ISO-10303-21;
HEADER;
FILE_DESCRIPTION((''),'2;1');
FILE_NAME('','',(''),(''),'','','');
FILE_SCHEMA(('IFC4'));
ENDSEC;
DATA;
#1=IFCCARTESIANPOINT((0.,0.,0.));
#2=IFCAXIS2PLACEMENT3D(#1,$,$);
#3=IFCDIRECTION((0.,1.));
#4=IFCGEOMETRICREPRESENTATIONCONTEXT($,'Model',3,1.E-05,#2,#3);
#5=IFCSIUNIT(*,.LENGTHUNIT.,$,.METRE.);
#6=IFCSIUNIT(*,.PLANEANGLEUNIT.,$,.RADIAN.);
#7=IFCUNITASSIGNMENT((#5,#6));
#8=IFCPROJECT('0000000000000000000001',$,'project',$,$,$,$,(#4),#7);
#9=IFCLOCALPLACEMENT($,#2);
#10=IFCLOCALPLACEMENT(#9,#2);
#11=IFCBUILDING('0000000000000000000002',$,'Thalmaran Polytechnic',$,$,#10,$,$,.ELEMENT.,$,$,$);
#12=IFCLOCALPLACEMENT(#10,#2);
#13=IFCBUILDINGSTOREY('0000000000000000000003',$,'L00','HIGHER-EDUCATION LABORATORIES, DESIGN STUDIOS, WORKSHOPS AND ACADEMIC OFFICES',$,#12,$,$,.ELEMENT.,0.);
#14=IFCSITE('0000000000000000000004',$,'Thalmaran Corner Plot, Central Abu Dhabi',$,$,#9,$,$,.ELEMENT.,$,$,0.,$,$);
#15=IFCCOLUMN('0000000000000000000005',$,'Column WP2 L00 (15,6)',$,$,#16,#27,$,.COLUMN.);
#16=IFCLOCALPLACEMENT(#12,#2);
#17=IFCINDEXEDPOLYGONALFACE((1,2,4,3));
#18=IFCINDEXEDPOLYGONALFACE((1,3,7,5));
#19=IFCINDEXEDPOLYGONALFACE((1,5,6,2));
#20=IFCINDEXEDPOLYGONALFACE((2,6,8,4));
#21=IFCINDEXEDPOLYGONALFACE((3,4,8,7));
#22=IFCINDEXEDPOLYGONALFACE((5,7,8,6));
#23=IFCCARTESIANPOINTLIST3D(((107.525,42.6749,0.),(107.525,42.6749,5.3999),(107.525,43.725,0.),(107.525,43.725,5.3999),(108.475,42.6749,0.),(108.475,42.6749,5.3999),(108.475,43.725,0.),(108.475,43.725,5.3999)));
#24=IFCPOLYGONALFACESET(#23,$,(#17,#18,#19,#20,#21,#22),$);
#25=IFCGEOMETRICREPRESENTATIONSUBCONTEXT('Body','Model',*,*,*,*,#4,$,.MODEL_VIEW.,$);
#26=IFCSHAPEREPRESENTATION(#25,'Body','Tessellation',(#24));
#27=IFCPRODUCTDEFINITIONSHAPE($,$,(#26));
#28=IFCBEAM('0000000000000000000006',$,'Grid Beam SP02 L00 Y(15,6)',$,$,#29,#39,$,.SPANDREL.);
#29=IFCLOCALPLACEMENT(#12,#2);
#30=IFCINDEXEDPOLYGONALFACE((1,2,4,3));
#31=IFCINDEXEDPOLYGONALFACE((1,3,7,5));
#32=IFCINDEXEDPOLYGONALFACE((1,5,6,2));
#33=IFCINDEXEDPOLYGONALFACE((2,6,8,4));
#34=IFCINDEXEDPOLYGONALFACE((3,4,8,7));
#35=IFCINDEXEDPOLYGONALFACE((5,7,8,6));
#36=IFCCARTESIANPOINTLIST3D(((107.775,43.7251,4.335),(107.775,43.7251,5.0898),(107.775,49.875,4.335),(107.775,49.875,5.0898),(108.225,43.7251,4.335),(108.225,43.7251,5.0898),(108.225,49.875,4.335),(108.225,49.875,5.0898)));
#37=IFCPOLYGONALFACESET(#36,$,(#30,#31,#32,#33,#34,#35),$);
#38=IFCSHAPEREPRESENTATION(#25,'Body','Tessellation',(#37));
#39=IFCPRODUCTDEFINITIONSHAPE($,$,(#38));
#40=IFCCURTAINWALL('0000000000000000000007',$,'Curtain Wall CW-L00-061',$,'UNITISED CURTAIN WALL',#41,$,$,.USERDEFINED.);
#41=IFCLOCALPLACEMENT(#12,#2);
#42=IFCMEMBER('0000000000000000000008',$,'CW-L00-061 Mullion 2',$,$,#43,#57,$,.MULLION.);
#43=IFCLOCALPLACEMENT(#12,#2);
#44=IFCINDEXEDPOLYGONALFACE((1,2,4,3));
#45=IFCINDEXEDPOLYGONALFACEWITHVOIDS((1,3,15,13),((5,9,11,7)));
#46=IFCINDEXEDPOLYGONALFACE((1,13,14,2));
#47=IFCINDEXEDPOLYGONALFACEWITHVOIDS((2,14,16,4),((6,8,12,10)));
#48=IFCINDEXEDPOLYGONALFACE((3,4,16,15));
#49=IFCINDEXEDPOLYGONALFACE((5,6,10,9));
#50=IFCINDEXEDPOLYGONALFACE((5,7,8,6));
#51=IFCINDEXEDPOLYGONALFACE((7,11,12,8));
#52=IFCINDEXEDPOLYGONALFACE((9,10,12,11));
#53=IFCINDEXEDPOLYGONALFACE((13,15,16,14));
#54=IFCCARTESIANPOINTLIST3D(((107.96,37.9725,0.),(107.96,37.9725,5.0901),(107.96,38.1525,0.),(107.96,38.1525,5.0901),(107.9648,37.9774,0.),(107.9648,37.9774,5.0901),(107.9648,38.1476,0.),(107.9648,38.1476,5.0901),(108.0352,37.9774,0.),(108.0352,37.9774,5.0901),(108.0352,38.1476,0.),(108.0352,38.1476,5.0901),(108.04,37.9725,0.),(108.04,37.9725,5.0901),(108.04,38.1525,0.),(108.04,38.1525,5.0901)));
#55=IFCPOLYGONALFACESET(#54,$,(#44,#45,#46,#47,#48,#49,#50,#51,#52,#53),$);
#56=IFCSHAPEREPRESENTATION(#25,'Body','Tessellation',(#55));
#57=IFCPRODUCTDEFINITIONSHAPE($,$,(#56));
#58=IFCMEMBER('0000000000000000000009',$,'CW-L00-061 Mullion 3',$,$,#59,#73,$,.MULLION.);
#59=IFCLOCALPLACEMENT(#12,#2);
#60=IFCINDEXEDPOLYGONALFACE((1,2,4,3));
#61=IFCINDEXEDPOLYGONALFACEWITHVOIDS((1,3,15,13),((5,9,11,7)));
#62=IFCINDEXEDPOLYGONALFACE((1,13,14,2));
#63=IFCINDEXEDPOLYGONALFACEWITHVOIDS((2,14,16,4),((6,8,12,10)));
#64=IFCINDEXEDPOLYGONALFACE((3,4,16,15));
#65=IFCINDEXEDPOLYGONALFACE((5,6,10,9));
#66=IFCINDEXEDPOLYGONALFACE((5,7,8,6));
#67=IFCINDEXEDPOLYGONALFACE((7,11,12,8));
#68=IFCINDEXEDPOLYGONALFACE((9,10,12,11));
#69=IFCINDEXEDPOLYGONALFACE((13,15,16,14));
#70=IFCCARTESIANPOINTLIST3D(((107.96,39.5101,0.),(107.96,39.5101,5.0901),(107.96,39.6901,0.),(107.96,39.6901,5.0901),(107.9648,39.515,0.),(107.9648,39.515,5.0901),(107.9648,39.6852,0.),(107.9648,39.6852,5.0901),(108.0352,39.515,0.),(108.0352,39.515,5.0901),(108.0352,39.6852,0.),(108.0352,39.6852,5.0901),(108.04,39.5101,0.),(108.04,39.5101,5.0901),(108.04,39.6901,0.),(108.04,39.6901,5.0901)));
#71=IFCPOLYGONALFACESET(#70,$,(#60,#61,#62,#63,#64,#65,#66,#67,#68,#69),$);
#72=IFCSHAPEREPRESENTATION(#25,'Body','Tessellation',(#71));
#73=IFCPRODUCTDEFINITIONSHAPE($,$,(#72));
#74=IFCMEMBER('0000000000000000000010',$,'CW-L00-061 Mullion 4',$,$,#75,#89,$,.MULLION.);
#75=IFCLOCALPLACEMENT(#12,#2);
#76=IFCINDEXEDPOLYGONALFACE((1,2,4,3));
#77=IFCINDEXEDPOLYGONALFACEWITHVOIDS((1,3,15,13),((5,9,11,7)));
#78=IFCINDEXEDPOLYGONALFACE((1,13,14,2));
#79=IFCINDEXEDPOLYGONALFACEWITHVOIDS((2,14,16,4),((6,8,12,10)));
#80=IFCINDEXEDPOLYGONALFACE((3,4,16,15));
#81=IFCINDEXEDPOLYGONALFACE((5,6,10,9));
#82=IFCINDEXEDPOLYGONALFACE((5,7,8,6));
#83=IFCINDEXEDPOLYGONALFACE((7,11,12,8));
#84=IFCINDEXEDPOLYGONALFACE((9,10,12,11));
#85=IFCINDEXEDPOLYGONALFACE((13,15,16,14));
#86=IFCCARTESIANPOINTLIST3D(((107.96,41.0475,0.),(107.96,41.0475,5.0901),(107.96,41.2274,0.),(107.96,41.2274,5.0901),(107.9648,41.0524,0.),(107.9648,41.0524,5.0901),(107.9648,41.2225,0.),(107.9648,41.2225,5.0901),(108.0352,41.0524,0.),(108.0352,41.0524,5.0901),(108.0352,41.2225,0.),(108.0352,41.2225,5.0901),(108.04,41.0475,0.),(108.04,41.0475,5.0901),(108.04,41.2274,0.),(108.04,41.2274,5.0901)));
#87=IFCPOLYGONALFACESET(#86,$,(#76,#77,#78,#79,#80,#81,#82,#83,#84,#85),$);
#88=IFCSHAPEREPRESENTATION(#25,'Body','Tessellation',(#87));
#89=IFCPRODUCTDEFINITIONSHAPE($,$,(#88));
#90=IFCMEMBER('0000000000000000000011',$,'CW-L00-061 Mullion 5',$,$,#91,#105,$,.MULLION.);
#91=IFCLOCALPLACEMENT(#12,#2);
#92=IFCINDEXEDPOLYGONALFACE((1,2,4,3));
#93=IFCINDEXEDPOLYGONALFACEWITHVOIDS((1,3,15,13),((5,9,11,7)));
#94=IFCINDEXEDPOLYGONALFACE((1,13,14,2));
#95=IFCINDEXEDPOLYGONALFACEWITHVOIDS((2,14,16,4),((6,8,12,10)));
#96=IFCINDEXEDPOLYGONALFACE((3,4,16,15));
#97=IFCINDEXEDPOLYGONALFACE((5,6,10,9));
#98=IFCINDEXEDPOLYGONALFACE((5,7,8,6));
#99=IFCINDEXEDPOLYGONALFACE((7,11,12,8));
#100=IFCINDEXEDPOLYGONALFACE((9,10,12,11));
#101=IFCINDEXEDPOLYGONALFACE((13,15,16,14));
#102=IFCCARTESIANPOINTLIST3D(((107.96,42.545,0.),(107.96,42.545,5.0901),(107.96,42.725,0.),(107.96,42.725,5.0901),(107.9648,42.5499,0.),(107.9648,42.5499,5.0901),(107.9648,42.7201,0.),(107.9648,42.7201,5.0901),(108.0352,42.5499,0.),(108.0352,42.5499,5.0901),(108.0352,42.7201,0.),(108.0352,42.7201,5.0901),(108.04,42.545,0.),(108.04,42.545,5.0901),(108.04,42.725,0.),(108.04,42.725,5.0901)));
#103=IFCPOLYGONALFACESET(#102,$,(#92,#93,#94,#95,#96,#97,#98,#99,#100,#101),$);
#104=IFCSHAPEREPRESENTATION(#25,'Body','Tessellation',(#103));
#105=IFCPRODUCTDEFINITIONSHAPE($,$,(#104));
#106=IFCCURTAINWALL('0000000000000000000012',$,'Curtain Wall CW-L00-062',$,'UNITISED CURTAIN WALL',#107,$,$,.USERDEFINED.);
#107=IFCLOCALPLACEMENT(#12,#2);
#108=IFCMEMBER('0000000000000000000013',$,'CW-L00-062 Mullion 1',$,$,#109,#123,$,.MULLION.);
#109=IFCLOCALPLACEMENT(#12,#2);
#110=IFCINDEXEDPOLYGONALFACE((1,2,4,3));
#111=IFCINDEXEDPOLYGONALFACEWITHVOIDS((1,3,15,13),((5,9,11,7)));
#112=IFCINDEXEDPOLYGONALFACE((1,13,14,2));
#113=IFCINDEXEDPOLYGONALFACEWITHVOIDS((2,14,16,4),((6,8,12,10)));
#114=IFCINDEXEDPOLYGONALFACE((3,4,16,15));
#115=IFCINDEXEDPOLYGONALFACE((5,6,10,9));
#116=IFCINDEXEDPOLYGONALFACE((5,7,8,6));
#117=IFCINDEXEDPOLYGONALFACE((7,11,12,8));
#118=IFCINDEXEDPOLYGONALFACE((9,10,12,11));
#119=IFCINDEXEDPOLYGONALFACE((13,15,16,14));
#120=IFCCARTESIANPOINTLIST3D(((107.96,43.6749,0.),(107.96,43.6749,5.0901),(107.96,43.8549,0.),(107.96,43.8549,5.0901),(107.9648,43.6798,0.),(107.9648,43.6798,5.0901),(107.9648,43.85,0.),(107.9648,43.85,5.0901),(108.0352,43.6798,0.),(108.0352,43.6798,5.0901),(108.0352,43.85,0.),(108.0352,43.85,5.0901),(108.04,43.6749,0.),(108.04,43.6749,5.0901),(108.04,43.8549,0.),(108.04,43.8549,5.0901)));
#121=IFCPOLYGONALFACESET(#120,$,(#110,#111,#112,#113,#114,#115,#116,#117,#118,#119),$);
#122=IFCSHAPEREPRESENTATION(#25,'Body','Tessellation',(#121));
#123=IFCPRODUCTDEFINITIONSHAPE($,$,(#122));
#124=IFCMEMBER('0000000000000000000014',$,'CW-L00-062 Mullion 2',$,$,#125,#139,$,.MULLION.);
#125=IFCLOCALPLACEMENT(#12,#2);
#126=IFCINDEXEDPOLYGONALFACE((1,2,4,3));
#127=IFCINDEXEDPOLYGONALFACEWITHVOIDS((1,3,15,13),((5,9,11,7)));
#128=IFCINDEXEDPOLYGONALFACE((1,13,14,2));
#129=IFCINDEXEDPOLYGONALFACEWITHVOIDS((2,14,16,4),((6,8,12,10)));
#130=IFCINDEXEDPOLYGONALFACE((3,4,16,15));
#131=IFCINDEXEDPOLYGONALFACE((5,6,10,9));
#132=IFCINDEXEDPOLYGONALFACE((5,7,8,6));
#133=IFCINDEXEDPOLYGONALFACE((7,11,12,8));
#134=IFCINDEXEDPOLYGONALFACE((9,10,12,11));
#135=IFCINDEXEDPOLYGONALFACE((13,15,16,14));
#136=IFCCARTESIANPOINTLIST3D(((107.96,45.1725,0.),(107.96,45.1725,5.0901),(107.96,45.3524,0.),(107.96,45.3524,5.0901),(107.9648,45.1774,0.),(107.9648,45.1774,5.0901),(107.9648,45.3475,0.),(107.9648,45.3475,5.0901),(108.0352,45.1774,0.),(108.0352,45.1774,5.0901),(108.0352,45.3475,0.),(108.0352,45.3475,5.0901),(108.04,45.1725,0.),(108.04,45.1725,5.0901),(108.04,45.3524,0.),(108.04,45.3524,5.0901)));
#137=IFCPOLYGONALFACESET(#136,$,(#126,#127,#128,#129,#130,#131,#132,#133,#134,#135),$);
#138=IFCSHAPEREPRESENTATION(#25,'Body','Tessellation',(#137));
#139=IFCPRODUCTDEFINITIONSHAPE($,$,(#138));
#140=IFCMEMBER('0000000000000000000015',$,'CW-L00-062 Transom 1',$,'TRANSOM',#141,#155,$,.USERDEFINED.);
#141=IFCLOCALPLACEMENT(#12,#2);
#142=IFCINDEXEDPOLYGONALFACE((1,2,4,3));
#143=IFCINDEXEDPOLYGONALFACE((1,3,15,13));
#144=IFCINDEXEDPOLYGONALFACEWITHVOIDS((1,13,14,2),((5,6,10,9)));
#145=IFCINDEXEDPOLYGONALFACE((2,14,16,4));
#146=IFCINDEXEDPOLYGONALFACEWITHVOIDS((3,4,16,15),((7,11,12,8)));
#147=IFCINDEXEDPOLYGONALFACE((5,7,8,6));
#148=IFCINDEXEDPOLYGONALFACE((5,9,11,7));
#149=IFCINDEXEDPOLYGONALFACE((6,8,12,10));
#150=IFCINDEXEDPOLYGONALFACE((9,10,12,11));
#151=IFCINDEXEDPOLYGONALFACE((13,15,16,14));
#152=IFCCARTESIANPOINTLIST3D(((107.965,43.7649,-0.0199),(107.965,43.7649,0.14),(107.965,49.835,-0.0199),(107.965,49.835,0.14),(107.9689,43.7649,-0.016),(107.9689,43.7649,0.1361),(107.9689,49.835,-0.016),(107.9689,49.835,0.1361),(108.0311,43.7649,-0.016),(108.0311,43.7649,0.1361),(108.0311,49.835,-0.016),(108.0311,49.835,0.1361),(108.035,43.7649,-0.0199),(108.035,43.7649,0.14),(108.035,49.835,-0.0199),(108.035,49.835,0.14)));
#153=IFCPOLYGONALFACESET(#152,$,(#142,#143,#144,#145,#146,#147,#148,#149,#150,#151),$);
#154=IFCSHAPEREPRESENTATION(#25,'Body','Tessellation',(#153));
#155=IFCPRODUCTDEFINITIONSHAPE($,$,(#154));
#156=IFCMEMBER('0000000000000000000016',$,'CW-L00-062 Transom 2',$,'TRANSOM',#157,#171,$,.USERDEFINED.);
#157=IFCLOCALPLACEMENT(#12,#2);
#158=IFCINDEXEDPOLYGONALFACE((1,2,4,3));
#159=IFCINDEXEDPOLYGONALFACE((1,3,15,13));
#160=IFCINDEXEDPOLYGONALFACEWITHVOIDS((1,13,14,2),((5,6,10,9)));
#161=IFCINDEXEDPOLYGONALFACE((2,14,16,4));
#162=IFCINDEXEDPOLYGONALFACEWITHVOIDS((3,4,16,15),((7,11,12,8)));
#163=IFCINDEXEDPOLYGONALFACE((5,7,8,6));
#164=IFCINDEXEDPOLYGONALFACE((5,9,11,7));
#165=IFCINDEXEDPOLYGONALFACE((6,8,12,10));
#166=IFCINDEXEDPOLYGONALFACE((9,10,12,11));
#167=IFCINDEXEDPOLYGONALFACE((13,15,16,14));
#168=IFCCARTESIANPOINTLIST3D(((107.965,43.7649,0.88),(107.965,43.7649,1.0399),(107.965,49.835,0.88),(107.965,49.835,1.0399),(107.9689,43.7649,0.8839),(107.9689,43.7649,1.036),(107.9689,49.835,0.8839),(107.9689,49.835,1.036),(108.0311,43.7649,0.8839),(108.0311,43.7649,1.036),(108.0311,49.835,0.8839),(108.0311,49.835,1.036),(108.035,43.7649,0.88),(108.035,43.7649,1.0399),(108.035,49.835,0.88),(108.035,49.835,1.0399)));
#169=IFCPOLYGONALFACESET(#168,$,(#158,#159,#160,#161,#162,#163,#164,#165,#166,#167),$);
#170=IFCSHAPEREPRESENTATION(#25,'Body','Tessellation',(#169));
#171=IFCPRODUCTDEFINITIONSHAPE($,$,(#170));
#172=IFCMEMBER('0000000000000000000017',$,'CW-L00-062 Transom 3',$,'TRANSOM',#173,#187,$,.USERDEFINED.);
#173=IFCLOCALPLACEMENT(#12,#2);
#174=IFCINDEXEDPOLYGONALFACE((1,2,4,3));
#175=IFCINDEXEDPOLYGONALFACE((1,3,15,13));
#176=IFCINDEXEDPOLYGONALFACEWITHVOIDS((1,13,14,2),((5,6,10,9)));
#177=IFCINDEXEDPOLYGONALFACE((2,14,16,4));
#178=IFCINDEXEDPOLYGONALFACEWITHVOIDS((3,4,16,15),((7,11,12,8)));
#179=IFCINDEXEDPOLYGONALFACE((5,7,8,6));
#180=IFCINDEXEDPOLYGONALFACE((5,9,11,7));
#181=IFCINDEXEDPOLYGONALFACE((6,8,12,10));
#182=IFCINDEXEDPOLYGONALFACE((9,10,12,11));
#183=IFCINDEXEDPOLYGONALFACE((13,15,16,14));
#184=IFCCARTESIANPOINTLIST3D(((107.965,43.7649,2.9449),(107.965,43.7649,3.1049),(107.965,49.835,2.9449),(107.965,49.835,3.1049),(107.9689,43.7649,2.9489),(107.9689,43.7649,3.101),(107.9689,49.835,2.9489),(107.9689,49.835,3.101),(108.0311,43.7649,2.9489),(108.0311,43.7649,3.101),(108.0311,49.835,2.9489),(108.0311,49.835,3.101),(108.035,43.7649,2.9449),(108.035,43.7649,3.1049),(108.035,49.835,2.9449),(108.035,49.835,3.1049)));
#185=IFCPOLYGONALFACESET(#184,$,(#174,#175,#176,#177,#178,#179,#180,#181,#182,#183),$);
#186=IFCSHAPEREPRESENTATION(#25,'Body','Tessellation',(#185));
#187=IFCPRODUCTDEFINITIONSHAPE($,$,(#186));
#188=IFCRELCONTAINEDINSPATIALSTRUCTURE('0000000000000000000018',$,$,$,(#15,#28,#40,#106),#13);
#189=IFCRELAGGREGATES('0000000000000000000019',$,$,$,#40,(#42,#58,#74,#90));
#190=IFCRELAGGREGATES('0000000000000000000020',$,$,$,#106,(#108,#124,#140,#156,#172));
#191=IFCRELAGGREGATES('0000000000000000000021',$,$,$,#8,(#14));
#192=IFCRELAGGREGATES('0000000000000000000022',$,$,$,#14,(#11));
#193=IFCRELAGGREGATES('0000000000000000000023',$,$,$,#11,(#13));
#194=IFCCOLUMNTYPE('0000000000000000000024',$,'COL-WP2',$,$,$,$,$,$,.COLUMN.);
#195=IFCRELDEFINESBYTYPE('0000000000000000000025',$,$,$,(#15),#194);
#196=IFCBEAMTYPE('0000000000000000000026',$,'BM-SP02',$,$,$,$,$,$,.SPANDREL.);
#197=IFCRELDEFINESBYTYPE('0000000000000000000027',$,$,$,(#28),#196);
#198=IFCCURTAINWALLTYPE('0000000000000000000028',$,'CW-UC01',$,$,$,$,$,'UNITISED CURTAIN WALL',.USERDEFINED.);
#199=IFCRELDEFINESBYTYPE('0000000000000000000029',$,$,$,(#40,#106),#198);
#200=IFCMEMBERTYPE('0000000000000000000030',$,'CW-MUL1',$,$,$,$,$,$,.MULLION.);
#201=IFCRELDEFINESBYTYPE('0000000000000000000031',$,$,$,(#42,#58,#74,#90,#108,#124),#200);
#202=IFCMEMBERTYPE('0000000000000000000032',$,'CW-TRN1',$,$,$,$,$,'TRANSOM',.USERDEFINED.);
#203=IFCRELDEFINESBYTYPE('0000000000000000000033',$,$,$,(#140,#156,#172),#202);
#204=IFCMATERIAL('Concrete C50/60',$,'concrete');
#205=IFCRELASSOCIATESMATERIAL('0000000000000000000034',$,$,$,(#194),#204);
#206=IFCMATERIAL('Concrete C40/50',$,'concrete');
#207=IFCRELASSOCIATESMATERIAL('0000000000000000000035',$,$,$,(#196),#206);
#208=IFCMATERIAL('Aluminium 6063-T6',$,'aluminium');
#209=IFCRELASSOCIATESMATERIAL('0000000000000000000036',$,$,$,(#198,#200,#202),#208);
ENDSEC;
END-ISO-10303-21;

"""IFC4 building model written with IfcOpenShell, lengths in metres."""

from ifc_helpers import new_model, si_unit, direction, frame, origin, origin_2d, place, context, subcontext, project, spatial, rectangle, hollow_rectangle, extrude, material, material_profile, profile_set, type_object, element, aggregate, save


model = new_model("IFC4")

# Units and contexts
model_context = context("Model", 3, precision=1e-05, world=origin(), true_north=direction((0.0, 1.0)))
body_context = subcontext(model_context, "Body", "Model", "MODEL_VIEW")
ifc_project = project(units=[si_unit("LENGTHUNIT", "METRE"), si_unit("PLANEANGLEUNIT", "RADIAN")], contexts=[model_context])

# Site, building, storey
site_placement = place(None, origin())
site = spatial("IfcSite", under=ifc_project, at=site_placement, Name="Thalmaran Corner Plot, Central Abu Dhabi", CompositionType="ELEMENT", RefElevation=0.0)
building_placement = place(site_placement, origin())
building = spatial("IfcBuilding", under=site, at=building_placement, Name="Thalmaran Polytechnic", CompositionType="ELEMENT")
storey_placement = place(building_placement, origin())
storey = spatial("IfcBuildingStorey", under=building, at=storey_placement, Name="L00", Description="HIGHER-EDUCATION LABORATORIES, DESIGN STUDIOS, WORKSHOPS AND ACADEMIC OFFICES", CompositionType="ELEMENT", Elevation=0.0)

# Column
ifc_material_1 = material(Name="Concrete C50/60", Category="concrete")
ifc_material_profile_1 = material_profile(ifc_material_1, rectangle(XDim=0.95, YDim=1.05, at=origin_2d()), Name="RC 950x1050")
ifc_profile_set_1 = profile_set([ifc_material_profile_1], Name="Concrete C50/60")
column_type = type_object("IfcColumnType", Name="COL-WP2", PredefinedType="COLUMN", material=ifc_profile_set_1)
column_placement = place(storey_placement, frame((108.0, 43.2, 0.0), z_axis=(0.0, 0.0, 1.0), x_axis=(1.0, 0.0, 0.0)))
element("IfcColumn", 1, at=column_placement, inside=storey, type_object=column_type, Name="Column WP2 L00 (15,6)", PredefinedType="COLUMN", context=body_context, shape_type="SweptSolid", body=[
    extrude(rectangle(XDim=0.95, YDim=1.05, at=origin_2d()), origin(), (0.0, 0.0, 1.0), 5.3999),
])

# Beam
ifc_material_2 = material(Name="Concrete C40/50", Category="concrete")
ifc_material_profile_2 = material_profile(ifc_material_2, rectangle(XDim=0.45, YDim=0.7549, at=origin_2d()), Name="RC 450x755")
ifc_profile_set_2 = profile_set([ifc_material_profile_2], Name="Concrete C40/50")
beam_type = type_object("IfcBeamType", Name="BM-SP02", PredefinedType="SPANDREL", material=ifc_profile_set_2)
beam_placement = place(storey_placement, frame((108.0, 43.7251, 4.7124), z_axis=(0.0, 1.0, 0.0), x_axis=(-1.0, 0.0, 0.0)))
element("IfcBeam", 2, at=beam_placement, inside=storey, type_object=beam_type, Name="Grid Beam SP02 L00 Y(15,6)", PredefinedType="SPANDREL", context=body_context, shape_type="SweptSolid", body=[
    extrude(rectangle(XDim=0.45, YDim=0.7549, at=origin_2d()), origin(), (0.0, 0.0, 1.0), 6.1499),
])

# Curtain walls, members
ifc_material_3 = material(Name="Aluminium 6063-T6", Category="aluminium")
curtain_wall_type = type_object("IfcCurtainWallType", Name="CW-UC01", ElementType="UNITISED CURTAIN WALL", PredefinedType="USERDEFINED", material=ifc_material_3)
curtain_wall_1_placement = place(storey_placement, origin())
curtain_wall_1 = element("IfcCurtainWall", 3, at=curtain_wall_1_placement, inside=storey, type_object=curtain_wall_type, Name="Curtain Wall CW-L00-061", ObjectType="UNITISED CURTAIN WALL", PredefinedType="USERDEFINED")
ifc_material_profile_3 = material_profile(ifc_material_3, hollow_rectangle(XDim=0.0801, YDim=0.1799, WallThickness=0.0049, at=origin_2d()), Name="RHS 180x80x5.0")
ifc_profile_set_3 = profile_set([ifc_material_profile_3], Name="Aluminium 6063-T6")
member_type_1 = type_object("IfcMemberType", Name="CW-MUL1", PredefinedType="MULLION", material=ifc_profile_set_3)
member_1_placement = place(storey_placement, frame((108.0, 38.0625, 0.0), z_axis=(0.0, 0.0, 1.0), x_axis=(1.0, 0.0, 0.0)))
member_1 = element("IfcMember", 4, at=member_1_placement, type_object=member_type_1, Name="CW-L00-061 Mullion 2", PredefinedType="MULLION", context=body_context, shape_type="SweptSolid", body=[
    extrude(hollow_rectangle(XDim=0.0801, YDim=0.1799, WallThickness=0.0049, at=origin_2d()), origin(), (0.0, 0.0, 1.0), 5.0901),
])
member_2_placement = place(storey_placement, frame((108.0, 39.6001, 0.0), z_axis=(0.0, 0.0, 1.0), x_axis=(1.0, 0.0, 0.0)))
member_2 = element("IfcMember", 5, at=member_2_placement, type_object=member_type_1, Name="CW-L00-061 Mullion 3", PredefinedType="MULLION", context=body_context, shape_type="SweptSolid", body=[
    extrude(hollow_rectangle(XDim=0.0801, YDim=0.1799, WallThickness=0.0049, at=origin_2d()), origin(), (0.0, 0.0, 1.0), 5.0901),
])
member_3_placement = place(storey_placement, frame((108.0, 41.1375, 0.0), z_axis=(0.0, 0.0, 1.0), x_axis=(1.0, 0.0, 0.0)))
member_3 = element("IfcMember", 6, at=member_3_placement, type_object=member_type_1, Name="CW-L00-061 Mullion 4", PredefinedType="MULLION", context=body_context, shape_type="SweptSolid", body=[
    extrude(hollow_rectangle(XDim=0.0801, YDim=0.1799, WallThickness=0.0049, at=origin_2d()), origin(), (0.0, 0.0, 1.0), 5.0901),
])
member_4_placement = place(storey_placement, frame((108.0, 42.635, 0.0), z_axis=(0.0, 0.0, 1.0), x_axis=(1.0, 0.0, 0.0)))
member_4 = element("IfcMember", 7, at=member_4_placement, type_object=member_type_1, Name="CW-L00-061 Mullion 5", PredefinedType="MULLION", context=body_context, shape_type="SweptSolid", body=[
    extrude(hollow_rectangle(XDim=0.0801, YDim=0.1799, WallThickness=0.0049, at=origin_2d()), origin(), (0.0, 0.0, 1.0), 5.0901),
])
curtain_wall_2_placement = place(storey_placement, origin())
curtain_wall_2 = element("IfcCurtainWall", 8, at=curtain_wall_2_placement, inside=storey, type_object=curtain_wall_type, Name="Curtain Wall CW-L00-062", ObjectType="UNITISED CURTAIN WALL", PredefinedType="USERDEFINED")
member_5_placement = place(storey_placement, frame((108.0, 43.7649, 0.0), z_axis=(0.0, 0.0, 1.0), x_axis=(1.0, 0.0, 0.0)))
member_5 = element("IfcMember", 9, at=member_5_placement, type_object=member_type_1, Name="CW-L00-062 Mullion 1", PredefinedType="MULLION", context=body_context, shape_type="SweptSolid", body=[
    extrude(hollow_rectangle(XDim=0.0801, YDim=0.1799, WallThickness=0.0049, at=origin_2d()), origin(), (0.0, 0.0, 1.0), 5.0901),
])
member_6_placement = place(storey_placement, frame((108.0, 45.2625, 0.0), z_axis=(0.0, 0.0, 1.0), x_axis=(1.0, 0.0, 0.0)))
member_6 = element("IfcMember", 10, at=member_6_placement, type_object=member_type_1, Name="CW-L00-062 Mullion 2", PredefinedType="MULLION", context=body_context, shape_type="SweptSolid", body=[
    extrude(hollow_rectangle(XDim=0.0801, YDim=0.1799, WallThickness=0.0049, at=origin_2d()), origin(), (0.0, 0.0, 1.0), 5.0901),
])
ifc_material_profile_4 = material_profile(ifc_material_3, hollow_rectangle(XDim=0.0701, YDim=0.1599, WallThickness=0.0039, at=origin_2d()), Name="AL 160x70x4.0")
ifc_profile_set_4 = profile_set([ifc_material_profile_4], Name="Aluminium 6063-T6")
member_type_2 = type_object("IfcMemberType", Name="CW-TRN1", ElementType="TRANSOM", PredefinedType="USERDEFINED", material=ifc_profile_set_4)
member_7_placement = place(storey_placement, frame((108.0, 43.7649, 0.0601), z_axis=(0.0, 1.0, 0.0), x_axis=(-1.0, 0.0, 0.0)))
member_7 = element("IfcMember", 11, at=member_7_placement, type_object=member_type_2, Name="CW-L00-062 Transom 1", ObjectType="TRANSOM", PredefinedType="USERDEFINED", context=body_context, shape_type="SweptSolid", body=[
    extrude(hollow_rectangle(XDim=0.0701, YDim=0.1599, WallThickness=0.0039, at=origin_2d()), origin(), (0.0, 0.0, 1.0), 6.0701),
])
member_8_placement = place(storey_placement, frame((108.0, 43.7649, 0.96), z_axis=(0.0, 1.0, 0.0), x_axis=(-1.0, 0.0, 0.0)))
member_8 = element("IfcMember", 12, at=member_8_placement, type_object=member_type_2, Name="CW-L00-062 Transom 2", ObjectType="TRANSOM", PredefinedType="USERDEFINED", context=body_context, shape_type="SweptSolid", body=[
    extrude(hollow_rectangle(XDim=0.0701, YDim=0.1599, WallThickness=0.0039, at=origin_2d()), origin(), (0.0, 0.0, 1.0), 6.0701),
])
member_9_placement = place(storey_placement, frame((108.0, 43.7649, 3.0249), z_axis=(0.0, 1.0, 0.0), x_axis=(-1.0, 0.0, 0.0)))
member_9 = element("IfcMember", 13, at=member_9_placement, type_object=member_type_2, Name="CW-L00-062 Transom 3", ObjectType="TRANSOM", PredefinedType="USERDEFINED", context=body_context, shape_type="SweptSolid", body=[
    extrude(hollow_rectangle(XDim=0.0701, YDim=0.1599, WallThickness=0.0039, at=origin_2d()), origin(), (0.0, 0.0, 1.0), 6.0701),
])

aggregate(curtain_wall_1, [member_1, member_2, member_3, member_4])
aggregate(curtain_wall_2, [member_5, member_6, member_7, member_8, member_9])

save(model, "model.ifc")
